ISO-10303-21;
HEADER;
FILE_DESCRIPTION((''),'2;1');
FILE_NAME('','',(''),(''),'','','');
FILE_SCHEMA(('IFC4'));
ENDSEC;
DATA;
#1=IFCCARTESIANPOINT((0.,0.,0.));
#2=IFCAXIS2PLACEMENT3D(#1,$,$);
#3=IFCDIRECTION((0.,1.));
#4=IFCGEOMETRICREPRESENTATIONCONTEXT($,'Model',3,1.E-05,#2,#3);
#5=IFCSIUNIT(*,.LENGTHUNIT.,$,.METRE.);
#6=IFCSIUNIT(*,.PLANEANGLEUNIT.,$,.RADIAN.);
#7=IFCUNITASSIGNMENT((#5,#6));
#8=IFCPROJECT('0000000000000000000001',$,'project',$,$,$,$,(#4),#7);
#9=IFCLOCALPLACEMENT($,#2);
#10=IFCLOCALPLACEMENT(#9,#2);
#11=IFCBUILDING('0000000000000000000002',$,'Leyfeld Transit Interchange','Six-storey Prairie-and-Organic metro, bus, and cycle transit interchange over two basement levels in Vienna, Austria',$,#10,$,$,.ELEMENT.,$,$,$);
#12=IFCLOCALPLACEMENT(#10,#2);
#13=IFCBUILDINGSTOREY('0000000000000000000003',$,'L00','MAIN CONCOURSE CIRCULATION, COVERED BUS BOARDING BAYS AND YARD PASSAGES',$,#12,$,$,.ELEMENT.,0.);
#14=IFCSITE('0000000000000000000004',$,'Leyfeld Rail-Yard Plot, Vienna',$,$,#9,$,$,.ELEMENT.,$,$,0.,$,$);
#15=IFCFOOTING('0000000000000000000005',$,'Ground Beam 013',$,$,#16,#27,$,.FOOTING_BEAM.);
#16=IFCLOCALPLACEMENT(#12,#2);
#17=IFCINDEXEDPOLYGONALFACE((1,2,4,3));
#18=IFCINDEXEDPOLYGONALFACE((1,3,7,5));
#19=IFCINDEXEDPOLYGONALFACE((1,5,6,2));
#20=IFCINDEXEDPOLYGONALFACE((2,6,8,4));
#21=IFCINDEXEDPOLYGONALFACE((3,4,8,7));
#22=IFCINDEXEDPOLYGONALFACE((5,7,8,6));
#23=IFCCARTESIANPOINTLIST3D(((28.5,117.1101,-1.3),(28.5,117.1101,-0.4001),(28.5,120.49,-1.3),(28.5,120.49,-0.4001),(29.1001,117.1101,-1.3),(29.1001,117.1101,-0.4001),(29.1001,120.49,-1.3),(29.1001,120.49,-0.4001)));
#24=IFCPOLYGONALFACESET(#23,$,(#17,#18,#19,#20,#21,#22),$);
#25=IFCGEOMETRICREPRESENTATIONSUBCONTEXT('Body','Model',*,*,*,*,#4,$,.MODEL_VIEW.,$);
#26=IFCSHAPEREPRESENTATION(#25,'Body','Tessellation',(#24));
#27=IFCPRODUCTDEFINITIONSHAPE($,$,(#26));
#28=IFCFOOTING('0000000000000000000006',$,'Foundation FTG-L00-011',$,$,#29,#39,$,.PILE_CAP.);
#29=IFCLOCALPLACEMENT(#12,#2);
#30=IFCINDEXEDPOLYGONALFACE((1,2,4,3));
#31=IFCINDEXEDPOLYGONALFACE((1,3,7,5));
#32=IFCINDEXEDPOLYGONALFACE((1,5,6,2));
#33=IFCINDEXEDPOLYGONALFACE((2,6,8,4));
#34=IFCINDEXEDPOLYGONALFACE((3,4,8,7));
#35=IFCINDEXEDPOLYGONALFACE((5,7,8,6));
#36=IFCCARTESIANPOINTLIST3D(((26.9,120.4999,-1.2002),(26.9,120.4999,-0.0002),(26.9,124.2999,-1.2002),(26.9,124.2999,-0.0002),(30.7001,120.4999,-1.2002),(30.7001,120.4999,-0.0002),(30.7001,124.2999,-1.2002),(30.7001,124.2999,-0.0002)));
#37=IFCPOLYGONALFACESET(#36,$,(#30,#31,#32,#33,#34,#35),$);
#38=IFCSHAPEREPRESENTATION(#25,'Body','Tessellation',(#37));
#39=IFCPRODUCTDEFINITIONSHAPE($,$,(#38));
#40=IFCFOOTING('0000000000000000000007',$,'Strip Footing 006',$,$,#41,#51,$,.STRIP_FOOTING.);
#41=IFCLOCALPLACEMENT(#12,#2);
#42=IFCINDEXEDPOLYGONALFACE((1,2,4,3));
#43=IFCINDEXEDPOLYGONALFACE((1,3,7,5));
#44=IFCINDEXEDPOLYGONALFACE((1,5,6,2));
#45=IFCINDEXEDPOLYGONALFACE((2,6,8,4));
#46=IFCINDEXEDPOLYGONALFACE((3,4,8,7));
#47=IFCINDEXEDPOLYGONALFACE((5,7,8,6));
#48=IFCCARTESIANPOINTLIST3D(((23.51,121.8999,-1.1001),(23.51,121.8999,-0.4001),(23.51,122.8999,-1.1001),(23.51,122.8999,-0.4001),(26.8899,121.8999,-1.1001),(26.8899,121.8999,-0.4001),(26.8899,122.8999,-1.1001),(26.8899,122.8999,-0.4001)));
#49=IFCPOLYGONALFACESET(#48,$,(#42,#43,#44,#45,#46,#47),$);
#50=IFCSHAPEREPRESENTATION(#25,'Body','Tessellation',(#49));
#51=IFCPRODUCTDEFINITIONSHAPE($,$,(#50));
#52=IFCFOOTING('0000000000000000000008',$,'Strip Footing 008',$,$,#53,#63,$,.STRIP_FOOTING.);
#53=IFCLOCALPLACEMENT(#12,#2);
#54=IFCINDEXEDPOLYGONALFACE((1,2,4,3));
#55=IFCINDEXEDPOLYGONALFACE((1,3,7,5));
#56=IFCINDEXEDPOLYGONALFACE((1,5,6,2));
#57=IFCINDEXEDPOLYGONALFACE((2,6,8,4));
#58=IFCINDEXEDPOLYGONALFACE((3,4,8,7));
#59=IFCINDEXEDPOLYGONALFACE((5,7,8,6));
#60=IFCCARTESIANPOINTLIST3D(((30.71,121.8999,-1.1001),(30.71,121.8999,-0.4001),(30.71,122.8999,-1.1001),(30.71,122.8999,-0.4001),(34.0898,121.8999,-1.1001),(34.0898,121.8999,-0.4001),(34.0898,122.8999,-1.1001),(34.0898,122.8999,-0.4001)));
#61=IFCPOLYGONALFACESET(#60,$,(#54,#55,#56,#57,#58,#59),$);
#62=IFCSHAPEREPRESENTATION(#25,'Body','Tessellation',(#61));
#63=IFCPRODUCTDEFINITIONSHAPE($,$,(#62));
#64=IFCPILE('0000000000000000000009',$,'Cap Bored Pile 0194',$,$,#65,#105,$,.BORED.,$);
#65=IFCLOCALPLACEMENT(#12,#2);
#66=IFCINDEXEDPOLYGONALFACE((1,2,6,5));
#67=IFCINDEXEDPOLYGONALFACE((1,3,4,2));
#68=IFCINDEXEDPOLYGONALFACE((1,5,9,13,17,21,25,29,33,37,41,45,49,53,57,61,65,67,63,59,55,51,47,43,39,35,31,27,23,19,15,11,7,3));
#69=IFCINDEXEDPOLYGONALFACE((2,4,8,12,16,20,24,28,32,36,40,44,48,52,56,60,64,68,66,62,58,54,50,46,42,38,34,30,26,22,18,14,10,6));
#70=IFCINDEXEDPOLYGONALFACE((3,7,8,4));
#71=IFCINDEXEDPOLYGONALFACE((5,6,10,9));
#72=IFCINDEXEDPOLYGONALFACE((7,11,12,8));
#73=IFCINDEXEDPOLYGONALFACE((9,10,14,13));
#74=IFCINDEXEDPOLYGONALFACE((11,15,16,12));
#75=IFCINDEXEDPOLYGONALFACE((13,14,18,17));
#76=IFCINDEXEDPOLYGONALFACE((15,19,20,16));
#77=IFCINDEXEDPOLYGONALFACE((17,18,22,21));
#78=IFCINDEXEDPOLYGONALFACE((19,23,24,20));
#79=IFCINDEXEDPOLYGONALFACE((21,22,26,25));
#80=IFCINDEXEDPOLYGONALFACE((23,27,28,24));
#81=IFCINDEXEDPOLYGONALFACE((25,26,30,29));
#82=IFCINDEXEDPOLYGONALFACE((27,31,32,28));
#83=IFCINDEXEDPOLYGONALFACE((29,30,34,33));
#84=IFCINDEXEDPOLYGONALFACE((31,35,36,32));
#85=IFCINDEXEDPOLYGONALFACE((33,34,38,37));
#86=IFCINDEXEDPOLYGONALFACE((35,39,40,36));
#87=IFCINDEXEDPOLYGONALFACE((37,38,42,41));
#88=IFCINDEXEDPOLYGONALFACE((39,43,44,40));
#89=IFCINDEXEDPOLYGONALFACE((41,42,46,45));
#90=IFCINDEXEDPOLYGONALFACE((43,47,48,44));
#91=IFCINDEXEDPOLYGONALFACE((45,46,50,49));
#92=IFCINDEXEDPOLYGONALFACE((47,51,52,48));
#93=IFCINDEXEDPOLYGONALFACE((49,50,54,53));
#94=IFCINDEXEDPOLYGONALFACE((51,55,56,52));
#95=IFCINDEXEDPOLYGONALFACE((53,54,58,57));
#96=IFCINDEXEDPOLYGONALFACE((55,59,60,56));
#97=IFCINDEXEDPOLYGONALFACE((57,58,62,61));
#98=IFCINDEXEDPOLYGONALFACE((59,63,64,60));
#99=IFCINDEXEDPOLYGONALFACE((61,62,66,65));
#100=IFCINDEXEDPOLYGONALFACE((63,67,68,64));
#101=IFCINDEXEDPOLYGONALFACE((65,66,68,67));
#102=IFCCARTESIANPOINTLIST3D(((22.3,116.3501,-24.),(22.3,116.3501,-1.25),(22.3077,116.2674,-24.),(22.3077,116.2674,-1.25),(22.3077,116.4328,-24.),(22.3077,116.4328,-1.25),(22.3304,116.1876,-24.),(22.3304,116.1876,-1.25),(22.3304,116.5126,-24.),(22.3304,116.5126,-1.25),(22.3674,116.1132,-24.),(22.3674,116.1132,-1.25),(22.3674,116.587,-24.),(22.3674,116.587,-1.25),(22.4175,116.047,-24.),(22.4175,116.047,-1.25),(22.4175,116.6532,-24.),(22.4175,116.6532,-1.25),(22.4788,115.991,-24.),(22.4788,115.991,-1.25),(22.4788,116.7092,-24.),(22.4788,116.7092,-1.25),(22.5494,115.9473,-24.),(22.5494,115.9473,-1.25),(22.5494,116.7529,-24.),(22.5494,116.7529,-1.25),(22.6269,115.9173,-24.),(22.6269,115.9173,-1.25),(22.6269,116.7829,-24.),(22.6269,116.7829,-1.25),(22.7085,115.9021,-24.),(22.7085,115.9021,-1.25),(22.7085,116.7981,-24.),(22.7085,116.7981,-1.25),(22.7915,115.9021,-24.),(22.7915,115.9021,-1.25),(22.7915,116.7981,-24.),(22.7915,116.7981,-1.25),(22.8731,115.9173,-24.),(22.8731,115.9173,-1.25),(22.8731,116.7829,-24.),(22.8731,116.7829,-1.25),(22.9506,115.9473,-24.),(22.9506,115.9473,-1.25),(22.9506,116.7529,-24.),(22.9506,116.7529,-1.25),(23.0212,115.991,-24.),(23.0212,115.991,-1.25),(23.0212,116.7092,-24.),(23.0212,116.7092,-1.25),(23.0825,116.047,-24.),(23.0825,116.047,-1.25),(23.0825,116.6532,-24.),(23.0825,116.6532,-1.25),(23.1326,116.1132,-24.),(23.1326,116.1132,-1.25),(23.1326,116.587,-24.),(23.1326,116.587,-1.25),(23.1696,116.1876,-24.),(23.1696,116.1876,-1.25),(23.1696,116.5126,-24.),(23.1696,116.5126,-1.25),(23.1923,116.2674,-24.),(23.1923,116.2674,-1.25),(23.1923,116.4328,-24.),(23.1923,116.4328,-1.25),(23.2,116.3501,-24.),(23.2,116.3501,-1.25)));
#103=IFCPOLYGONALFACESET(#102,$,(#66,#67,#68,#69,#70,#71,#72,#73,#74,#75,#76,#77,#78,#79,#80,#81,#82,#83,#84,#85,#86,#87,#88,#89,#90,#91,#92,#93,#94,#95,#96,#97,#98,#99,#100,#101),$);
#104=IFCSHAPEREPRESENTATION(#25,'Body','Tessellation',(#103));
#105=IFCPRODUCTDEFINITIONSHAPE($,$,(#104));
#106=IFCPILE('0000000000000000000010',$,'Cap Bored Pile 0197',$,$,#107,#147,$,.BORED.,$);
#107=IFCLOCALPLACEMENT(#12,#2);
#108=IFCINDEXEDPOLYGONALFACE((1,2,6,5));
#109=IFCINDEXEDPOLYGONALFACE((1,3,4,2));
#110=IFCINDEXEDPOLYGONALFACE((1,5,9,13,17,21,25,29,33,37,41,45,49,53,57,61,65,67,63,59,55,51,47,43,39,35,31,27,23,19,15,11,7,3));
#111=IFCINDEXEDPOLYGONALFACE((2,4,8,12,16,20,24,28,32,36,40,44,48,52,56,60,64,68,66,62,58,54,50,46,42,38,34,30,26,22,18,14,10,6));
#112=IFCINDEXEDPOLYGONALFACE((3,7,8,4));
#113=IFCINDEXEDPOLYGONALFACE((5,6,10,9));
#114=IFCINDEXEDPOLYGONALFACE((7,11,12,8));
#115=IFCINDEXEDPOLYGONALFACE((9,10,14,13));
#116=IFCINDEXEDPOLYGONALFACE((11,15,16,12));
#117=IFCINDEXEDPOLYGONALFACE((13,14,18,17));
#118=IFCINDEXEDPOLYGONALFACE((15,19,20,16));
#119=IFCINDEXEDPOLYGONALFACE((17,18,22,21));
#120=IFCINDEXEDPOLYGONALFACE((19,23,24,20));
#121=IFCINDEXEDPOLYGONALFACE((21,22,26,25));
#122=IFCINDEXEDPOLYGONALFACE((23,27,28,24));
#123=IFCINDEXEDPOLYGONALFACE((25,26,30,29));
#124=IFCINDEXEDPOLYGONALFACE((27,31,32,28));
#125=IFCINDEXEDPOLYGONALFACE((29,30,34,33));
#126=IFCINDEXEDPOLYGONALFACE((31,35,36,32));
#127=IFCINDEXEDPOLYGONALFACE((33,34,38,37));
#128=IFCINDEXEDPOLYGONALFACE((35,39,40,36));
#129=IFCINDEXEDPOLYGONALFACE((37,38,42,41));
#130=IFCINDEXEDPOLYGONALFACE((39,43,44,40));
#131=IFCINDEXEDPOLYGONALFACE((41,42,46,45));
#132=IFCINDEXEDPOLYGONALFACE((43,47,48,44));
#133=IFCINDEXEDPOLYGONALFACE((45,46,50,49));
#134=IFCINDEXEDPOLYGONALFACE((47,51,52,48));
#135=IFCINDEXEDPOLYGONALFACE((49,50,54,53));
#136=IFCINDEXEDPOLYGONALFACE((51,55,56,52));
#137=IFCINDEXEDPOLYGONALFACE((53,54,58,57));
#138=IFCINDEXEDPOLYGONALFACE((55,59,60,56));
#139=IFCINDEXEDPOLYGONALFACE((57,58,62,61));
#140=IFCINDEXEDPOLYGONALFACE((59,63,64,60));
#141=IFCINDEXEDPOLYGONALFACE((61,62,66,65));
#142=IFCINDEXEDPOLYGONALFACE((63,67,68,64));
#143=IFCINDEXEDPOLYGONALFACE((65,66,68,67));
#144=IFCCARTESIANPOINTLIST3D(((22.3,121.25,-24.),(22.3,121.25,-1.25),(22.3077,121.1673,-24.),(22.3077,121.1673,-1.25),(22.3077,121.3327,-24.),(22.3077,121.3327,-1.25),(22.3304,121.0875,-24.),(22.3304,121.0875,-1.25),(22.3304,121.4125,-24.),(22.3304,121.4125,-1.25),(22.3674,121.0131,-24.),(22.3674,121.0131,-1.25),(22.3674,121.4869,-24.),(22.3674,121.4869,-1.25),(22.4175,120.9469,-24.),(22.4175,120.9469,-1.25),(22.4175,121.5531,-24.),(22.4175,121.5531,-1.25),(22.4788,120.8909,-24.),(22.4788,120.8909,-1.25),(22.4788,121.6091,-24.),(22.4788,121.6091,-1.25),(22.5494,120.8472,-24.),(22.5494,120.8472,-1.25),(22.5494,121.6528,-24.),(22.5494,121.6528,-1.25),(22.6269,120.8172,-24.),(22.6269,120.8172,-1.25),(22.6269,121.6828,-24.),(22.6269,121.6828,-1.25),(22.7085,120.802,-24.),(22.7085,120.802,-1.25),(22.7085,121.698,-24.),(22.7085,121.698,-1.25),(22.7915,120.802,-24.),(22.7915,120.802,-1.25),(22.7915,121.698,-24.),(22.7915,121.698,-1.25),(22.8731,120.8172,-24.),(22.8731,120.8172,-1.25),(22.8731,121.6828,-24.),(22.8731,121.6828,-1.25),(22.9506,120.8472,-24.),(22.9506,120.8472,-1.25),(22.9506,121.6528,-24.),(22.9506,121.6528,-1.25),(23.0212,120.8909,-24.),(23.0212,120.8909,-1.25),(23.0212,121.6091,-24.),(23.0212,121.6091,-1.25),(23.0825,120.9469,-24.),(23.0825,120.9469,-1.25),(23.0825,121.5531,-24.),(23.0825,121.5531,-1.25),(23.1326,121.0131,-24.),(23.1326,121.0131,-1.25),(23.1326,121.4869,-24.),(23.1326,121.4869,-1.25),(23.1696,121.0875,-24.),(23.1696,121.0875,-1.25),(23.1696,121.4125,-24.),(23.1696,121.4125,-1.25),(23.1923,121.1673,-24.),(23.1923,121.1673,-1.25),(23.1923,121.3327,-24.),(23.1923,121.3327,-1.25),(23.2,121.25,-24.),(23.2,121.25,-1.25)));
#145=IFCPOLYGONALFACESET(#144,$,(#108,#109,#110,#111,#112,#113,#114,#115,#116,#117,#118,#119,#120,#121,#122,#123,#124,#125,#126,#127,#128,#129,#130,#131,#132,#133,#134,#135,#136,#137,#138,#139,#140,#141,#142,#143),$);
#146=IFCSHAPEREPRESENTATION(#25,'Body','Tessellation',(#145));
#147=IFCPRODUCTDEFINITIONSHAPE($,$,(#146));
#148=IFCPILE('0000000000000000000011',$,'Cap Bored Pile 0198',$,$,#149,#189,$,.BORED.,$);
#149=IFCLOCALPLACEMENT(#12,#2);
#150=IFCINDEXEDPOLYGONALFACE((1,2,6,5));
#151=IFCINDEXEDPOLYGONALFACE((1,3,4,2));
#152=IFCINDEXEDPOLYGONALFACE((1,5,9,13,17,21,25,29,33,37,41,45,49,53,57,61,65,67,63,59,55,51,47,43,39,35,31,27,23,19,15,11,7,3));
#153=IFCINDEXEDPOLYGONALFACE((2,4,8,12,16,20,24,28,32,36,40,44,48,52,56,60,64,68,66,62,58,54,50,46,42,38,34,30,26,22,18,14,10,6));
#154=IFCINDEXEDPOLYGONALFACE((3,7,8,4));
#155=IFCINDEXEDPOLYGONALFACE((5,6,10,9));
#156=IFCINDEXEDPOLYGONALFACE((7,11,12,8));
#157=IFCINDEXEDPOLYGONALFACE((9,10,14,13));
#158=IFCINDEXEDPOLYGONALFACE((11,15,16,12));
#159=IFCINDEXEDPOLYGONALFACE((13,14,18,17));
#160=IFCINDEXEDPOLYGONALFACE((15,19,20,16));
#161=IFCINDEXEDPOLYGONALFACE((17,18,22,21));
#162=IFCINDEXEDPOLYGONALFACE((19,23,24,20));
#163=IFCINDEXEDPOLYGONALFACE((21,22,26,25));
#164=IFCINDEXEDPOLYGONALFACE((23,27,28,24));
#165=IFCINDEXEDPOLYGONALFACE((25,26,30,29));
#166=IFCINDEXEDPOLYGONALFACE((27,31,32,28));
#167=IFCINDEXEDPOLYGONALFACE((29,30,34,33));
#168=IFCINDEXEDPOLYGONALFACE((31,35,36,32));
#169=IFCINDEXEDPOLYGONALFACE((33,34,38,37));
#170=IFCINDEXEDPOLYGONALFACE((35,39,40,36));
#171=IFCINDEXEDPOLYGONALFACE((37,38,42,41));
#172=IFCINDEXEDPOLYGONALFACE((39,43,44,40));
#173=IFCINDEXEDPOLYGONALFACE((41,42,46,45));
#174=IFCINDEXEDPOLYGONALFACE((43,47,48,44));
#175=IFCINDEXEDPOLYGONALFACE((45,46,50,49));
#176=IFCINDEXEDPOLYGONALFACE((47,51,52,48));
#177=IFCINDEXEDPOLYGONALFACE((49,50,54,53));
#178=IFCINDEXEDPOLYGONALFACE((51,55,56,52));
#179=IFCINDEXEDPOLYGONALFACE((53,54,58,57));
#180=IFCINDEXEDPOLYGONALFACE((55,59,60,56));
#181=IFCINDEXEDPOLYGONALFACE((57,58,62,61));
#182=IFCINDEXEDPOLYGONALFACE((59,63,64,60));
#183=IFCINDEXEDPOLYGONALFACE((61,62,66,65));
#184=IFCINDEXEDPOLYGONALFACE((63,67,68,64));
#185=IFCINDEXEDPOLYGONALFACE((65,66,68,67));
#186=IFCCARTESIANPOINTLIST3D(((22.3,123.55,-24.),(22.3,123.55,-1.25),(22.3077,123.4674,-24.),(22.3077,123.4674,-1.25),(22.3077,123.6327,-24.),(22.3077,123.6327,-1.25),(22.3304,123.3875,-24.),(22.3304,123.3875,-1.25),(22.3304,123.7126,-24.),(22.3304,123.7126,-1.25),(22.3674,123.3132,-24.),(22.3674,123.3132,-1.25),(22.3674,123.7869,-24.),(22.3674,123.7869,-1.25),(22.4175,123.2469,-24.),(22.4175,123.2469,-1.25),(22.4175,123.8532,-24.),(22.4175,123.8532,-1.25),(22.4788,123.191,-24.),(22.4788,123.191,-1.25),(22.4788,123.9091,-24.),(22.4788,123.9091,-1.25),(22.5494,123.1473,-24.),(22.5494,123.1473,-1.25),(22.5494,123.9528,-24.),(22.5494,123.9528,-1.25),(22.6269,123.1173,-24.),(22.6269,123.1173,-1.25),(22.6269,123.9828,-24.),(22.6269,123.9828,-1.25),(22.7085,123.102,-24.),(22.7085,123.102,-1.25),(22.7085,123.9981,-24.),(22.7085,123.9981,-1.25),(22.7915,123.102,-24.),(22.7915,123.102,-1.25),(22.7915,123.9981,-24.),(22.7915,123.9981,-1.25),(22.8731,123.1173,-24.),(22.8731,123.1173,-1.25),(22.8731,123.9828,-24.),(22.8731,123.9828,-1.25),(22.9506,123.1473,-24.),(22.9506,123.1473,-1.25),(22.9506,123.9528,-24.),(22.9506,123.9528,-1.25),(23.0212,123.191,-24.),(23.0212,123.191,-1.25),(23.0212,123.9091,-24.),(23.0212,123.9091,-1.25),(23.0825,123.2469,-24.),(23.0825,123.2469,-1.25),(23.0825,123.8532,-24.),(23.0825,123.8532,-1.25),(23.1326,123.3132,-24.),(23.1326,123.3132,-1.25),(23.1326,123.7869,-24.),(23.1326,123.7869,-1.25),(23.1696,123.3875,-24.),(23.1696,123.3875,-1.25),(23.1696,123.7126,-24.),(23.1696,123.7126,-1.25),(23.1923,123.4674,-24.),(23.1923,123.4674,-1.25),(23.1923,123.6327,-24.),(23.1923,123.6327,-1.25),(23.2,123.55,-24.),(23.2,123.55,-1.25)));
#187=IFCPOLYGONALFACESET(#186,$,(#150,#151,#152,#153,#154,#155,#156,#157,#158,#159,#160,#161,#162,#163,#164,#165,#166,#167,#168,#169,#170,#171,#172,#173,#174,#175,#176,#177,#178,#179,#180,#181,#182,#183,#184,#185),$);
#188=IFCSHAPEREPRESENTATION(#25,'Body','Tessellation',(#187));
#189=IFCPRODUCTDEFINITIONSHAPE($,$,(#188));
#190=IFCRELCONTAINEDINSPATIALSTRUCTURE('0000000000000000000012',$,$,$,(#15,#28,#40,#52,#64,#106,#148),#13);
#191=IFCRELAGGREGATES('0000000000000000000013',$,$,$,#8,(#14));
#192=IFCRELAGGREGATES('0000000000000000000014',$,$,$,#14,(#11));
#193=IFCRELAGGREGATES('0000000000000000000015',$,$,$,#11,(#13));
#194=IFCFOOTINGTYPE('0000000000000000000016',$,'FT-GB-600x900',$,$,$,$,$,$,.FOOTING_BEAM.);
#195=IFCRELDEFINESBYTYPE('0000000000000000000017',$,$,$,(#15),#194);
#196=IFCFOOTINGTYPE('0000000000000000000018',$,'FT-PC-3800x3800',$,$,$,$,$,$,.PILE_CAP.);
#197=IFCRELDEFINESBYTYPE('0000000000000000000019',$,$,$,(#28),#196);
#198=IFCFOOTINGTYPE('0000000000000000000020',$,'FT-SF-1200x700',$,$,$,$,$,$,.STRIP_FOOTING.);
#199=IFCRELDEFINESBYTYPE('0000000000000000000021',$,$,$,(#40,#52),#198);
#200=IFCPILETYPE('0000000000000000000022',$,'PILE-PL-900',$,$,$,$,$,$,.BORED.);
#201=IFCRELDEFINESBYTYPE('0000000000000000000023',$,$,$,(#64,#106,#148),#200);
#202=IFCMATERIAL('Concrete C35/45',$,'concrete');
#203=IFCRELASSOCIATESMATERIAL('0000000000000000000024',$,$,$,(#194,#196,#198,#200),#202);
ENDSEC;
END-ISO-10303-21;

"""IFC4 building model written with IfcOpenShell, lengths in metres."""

from ifc_helpers import new_model, si_unit, direction, frame, origin, origin_2d, place, context, subcontext, project, spatial, rectangle, circle, extrude, material, material_profile, profile_set, type_object, element, save


model = new_model("IFC4")

# Units and contexts
model_context = context("Model", 3, precision=1e-05, world=origin(), true_north=direction((0.0, 1.0)))
body_context = subcontext(model_context, "Body", "Model", "MODEL_VIEW")
ifc_project = project(units=[si_unit("LENGTHUNIT", "METRE"), si_unit("PLANEANGLEUNIT", "RADIAN")], contexts=[model_context])

# Site, building, storey
site_placement = place(None, origin())
site = spatial("IfcSite", under=ifc_project, at=site_placement, Name="Leyfeld Rail-Yard Plot, Vienna", CompositionType="ELEMENT", RefElevation=0.0)
building_placement = place(site_placement, origin())
building = spatial("IfcBuilding", under=site, at=building_placement, Name="Leyfeld Transit Interchange", Description="Six-storey Prairie-and-Organic metro, bus, and cycle transit interchange over two basement levels in Vienna, Austria", CompositionType="ELEMENT")
storey_placement = place(building_placement, origin())
storey = spatial("IfcBuildingStorey", under=building, at=storey_placement, Name="L00", Description="MAIN CONCOURSE CIRCULATION, COVERED BUS BOARDING BAYS AND YARD PASSAGES", CompositionType="ELEMENT", Elevation=0.0)

# Footings
ifc_material_1 = material(Name="Concrete C35/45", Category="concrete")
footing_type_1 = type_object("IfcFootingType", Name="FT-GB-600x900", PredefinedType="FOOTING_BEAM", material=ifc_material_1)
footing_1_placement = place(storey_placement, frame((28.8, 118.8, -1.3), z_axis=(0.0, 0.0, 1.0), x_axis=(1.0, 0.0, 0.0)))
element("IfcFooting", 1, at=footing_1_placement, inside=storey, type_object=footing_type_1, Name="Ground Beam 013", PredefinedType="FOOTING_BEAM", context=body_context, shape_type="SweptSolid", body=[
    extrude(rectangle(XDim=0.6001, YDim=3.3799, at=origin_2d()), origin(), (0.0, 0.0, 1.0), 0.8999),
])
footing_type_2 = type_object("IfcFootingType", Name="FT-PC-3800x3800", PredefinedType="PILE_CAP", material=ifc_material_1)
footing_2_placement = place(storey_placement, frame((28.8, 122.3999, -1.2002), z_axis=(0.0, 0.0, 1.0), x_axis=(1.0, 0.0, 0.0)))
element("IfcFooting", 2, at=footing_2_placement, inside=storey, type_object=footing_type_2, Name="Foundation FTG-L00-011", PredefinedType="PILE_CAP", context=body_context, shape_type="SweptSolid", body=[
    extrude(rectangle(XDim=3.8, YDim=3.8, at=origin_2d()), origin(), (0.0, 0.0, 1.0), 1.2),
])
footing_type_3 = type_object("IfcFootingType", Name="FT-SF-1200x700", PredefinedType="STRIP_FOOTING", material=ifc_material_1)
for number, where, z_axis, x_axis, name in (
    (3, (25.2, 122.3999, -1.1001), (0.0, 0.0, 1.0), (1.0, 0.0, 0.0), "Strip Footing 006"),
    (4, (32.3999, 122.3999, -1.1001), (0.0, 0.0, 1.0), (1.0, 0.0, 0.0), "Strip Footing 008"),
):
    element("IfcFooting", number, at=place(storey_placement, frame(where, z_axis=z_axis, x_axis=x_axis)), inside=storey, type_object=footing_type_3, Name=name, PredefinedType="STRIP_FOOTING", context=body_context, shape_type="SweptSolid", body=[
        extrude(rectangle(XDim=3.3799, YDim=1.0, at=origin_2d()), origin(), (0.0, 0.0, 1.0), 0.7),
    ])

# Piles
ifc_material_profile_1 = material_profile(ifc_material_1, circle(Radius=0.45, at=origin_2d()), Name="PILE D900")
ifc_profile_set_1 = profile_set([ifc_material_profile_1], Name="Concrete C35/45")
pile_type = type_object("IfcPileType", Name="PILE-PL-900", PredefinedType="BORED", material=ifc_profile_set_1)
for number, where, z_axis, x_axis, name in (
    (5, (22.75, 116.3501, -1.25), (0.0, 0.0, -1.0), (1.0, 0.0, 0.0), "Cap Bored Pile 0194"),
    (6, (22.75, 121.25, -1.25), (0.0, 0.0, -1.0), (1.0, 0.0, 0.0), "Cap Bored Pile 0197"),
    (7, (22.75, 123.55, -1.25), (0.0, 0.0, -1.0), (1.0, 0.0, 0.0), "Cap Bored Pile 0198"),
):
    element("IfcPile", number, at=place(storey_placement, frame(where, z_axis=z_axis, x_axis=x_axis)), inside=storey, type_object=pile_type, Name=name, PredefinedType="BORED", context=body_context, shape_type="SweptSolid", body=[
        extrude(circle(Radius=0.45, at=origin_2d()), origin(), (0.0, 0.0, 1.0), 22.75),
    ])

save(model, "model.ifc")
